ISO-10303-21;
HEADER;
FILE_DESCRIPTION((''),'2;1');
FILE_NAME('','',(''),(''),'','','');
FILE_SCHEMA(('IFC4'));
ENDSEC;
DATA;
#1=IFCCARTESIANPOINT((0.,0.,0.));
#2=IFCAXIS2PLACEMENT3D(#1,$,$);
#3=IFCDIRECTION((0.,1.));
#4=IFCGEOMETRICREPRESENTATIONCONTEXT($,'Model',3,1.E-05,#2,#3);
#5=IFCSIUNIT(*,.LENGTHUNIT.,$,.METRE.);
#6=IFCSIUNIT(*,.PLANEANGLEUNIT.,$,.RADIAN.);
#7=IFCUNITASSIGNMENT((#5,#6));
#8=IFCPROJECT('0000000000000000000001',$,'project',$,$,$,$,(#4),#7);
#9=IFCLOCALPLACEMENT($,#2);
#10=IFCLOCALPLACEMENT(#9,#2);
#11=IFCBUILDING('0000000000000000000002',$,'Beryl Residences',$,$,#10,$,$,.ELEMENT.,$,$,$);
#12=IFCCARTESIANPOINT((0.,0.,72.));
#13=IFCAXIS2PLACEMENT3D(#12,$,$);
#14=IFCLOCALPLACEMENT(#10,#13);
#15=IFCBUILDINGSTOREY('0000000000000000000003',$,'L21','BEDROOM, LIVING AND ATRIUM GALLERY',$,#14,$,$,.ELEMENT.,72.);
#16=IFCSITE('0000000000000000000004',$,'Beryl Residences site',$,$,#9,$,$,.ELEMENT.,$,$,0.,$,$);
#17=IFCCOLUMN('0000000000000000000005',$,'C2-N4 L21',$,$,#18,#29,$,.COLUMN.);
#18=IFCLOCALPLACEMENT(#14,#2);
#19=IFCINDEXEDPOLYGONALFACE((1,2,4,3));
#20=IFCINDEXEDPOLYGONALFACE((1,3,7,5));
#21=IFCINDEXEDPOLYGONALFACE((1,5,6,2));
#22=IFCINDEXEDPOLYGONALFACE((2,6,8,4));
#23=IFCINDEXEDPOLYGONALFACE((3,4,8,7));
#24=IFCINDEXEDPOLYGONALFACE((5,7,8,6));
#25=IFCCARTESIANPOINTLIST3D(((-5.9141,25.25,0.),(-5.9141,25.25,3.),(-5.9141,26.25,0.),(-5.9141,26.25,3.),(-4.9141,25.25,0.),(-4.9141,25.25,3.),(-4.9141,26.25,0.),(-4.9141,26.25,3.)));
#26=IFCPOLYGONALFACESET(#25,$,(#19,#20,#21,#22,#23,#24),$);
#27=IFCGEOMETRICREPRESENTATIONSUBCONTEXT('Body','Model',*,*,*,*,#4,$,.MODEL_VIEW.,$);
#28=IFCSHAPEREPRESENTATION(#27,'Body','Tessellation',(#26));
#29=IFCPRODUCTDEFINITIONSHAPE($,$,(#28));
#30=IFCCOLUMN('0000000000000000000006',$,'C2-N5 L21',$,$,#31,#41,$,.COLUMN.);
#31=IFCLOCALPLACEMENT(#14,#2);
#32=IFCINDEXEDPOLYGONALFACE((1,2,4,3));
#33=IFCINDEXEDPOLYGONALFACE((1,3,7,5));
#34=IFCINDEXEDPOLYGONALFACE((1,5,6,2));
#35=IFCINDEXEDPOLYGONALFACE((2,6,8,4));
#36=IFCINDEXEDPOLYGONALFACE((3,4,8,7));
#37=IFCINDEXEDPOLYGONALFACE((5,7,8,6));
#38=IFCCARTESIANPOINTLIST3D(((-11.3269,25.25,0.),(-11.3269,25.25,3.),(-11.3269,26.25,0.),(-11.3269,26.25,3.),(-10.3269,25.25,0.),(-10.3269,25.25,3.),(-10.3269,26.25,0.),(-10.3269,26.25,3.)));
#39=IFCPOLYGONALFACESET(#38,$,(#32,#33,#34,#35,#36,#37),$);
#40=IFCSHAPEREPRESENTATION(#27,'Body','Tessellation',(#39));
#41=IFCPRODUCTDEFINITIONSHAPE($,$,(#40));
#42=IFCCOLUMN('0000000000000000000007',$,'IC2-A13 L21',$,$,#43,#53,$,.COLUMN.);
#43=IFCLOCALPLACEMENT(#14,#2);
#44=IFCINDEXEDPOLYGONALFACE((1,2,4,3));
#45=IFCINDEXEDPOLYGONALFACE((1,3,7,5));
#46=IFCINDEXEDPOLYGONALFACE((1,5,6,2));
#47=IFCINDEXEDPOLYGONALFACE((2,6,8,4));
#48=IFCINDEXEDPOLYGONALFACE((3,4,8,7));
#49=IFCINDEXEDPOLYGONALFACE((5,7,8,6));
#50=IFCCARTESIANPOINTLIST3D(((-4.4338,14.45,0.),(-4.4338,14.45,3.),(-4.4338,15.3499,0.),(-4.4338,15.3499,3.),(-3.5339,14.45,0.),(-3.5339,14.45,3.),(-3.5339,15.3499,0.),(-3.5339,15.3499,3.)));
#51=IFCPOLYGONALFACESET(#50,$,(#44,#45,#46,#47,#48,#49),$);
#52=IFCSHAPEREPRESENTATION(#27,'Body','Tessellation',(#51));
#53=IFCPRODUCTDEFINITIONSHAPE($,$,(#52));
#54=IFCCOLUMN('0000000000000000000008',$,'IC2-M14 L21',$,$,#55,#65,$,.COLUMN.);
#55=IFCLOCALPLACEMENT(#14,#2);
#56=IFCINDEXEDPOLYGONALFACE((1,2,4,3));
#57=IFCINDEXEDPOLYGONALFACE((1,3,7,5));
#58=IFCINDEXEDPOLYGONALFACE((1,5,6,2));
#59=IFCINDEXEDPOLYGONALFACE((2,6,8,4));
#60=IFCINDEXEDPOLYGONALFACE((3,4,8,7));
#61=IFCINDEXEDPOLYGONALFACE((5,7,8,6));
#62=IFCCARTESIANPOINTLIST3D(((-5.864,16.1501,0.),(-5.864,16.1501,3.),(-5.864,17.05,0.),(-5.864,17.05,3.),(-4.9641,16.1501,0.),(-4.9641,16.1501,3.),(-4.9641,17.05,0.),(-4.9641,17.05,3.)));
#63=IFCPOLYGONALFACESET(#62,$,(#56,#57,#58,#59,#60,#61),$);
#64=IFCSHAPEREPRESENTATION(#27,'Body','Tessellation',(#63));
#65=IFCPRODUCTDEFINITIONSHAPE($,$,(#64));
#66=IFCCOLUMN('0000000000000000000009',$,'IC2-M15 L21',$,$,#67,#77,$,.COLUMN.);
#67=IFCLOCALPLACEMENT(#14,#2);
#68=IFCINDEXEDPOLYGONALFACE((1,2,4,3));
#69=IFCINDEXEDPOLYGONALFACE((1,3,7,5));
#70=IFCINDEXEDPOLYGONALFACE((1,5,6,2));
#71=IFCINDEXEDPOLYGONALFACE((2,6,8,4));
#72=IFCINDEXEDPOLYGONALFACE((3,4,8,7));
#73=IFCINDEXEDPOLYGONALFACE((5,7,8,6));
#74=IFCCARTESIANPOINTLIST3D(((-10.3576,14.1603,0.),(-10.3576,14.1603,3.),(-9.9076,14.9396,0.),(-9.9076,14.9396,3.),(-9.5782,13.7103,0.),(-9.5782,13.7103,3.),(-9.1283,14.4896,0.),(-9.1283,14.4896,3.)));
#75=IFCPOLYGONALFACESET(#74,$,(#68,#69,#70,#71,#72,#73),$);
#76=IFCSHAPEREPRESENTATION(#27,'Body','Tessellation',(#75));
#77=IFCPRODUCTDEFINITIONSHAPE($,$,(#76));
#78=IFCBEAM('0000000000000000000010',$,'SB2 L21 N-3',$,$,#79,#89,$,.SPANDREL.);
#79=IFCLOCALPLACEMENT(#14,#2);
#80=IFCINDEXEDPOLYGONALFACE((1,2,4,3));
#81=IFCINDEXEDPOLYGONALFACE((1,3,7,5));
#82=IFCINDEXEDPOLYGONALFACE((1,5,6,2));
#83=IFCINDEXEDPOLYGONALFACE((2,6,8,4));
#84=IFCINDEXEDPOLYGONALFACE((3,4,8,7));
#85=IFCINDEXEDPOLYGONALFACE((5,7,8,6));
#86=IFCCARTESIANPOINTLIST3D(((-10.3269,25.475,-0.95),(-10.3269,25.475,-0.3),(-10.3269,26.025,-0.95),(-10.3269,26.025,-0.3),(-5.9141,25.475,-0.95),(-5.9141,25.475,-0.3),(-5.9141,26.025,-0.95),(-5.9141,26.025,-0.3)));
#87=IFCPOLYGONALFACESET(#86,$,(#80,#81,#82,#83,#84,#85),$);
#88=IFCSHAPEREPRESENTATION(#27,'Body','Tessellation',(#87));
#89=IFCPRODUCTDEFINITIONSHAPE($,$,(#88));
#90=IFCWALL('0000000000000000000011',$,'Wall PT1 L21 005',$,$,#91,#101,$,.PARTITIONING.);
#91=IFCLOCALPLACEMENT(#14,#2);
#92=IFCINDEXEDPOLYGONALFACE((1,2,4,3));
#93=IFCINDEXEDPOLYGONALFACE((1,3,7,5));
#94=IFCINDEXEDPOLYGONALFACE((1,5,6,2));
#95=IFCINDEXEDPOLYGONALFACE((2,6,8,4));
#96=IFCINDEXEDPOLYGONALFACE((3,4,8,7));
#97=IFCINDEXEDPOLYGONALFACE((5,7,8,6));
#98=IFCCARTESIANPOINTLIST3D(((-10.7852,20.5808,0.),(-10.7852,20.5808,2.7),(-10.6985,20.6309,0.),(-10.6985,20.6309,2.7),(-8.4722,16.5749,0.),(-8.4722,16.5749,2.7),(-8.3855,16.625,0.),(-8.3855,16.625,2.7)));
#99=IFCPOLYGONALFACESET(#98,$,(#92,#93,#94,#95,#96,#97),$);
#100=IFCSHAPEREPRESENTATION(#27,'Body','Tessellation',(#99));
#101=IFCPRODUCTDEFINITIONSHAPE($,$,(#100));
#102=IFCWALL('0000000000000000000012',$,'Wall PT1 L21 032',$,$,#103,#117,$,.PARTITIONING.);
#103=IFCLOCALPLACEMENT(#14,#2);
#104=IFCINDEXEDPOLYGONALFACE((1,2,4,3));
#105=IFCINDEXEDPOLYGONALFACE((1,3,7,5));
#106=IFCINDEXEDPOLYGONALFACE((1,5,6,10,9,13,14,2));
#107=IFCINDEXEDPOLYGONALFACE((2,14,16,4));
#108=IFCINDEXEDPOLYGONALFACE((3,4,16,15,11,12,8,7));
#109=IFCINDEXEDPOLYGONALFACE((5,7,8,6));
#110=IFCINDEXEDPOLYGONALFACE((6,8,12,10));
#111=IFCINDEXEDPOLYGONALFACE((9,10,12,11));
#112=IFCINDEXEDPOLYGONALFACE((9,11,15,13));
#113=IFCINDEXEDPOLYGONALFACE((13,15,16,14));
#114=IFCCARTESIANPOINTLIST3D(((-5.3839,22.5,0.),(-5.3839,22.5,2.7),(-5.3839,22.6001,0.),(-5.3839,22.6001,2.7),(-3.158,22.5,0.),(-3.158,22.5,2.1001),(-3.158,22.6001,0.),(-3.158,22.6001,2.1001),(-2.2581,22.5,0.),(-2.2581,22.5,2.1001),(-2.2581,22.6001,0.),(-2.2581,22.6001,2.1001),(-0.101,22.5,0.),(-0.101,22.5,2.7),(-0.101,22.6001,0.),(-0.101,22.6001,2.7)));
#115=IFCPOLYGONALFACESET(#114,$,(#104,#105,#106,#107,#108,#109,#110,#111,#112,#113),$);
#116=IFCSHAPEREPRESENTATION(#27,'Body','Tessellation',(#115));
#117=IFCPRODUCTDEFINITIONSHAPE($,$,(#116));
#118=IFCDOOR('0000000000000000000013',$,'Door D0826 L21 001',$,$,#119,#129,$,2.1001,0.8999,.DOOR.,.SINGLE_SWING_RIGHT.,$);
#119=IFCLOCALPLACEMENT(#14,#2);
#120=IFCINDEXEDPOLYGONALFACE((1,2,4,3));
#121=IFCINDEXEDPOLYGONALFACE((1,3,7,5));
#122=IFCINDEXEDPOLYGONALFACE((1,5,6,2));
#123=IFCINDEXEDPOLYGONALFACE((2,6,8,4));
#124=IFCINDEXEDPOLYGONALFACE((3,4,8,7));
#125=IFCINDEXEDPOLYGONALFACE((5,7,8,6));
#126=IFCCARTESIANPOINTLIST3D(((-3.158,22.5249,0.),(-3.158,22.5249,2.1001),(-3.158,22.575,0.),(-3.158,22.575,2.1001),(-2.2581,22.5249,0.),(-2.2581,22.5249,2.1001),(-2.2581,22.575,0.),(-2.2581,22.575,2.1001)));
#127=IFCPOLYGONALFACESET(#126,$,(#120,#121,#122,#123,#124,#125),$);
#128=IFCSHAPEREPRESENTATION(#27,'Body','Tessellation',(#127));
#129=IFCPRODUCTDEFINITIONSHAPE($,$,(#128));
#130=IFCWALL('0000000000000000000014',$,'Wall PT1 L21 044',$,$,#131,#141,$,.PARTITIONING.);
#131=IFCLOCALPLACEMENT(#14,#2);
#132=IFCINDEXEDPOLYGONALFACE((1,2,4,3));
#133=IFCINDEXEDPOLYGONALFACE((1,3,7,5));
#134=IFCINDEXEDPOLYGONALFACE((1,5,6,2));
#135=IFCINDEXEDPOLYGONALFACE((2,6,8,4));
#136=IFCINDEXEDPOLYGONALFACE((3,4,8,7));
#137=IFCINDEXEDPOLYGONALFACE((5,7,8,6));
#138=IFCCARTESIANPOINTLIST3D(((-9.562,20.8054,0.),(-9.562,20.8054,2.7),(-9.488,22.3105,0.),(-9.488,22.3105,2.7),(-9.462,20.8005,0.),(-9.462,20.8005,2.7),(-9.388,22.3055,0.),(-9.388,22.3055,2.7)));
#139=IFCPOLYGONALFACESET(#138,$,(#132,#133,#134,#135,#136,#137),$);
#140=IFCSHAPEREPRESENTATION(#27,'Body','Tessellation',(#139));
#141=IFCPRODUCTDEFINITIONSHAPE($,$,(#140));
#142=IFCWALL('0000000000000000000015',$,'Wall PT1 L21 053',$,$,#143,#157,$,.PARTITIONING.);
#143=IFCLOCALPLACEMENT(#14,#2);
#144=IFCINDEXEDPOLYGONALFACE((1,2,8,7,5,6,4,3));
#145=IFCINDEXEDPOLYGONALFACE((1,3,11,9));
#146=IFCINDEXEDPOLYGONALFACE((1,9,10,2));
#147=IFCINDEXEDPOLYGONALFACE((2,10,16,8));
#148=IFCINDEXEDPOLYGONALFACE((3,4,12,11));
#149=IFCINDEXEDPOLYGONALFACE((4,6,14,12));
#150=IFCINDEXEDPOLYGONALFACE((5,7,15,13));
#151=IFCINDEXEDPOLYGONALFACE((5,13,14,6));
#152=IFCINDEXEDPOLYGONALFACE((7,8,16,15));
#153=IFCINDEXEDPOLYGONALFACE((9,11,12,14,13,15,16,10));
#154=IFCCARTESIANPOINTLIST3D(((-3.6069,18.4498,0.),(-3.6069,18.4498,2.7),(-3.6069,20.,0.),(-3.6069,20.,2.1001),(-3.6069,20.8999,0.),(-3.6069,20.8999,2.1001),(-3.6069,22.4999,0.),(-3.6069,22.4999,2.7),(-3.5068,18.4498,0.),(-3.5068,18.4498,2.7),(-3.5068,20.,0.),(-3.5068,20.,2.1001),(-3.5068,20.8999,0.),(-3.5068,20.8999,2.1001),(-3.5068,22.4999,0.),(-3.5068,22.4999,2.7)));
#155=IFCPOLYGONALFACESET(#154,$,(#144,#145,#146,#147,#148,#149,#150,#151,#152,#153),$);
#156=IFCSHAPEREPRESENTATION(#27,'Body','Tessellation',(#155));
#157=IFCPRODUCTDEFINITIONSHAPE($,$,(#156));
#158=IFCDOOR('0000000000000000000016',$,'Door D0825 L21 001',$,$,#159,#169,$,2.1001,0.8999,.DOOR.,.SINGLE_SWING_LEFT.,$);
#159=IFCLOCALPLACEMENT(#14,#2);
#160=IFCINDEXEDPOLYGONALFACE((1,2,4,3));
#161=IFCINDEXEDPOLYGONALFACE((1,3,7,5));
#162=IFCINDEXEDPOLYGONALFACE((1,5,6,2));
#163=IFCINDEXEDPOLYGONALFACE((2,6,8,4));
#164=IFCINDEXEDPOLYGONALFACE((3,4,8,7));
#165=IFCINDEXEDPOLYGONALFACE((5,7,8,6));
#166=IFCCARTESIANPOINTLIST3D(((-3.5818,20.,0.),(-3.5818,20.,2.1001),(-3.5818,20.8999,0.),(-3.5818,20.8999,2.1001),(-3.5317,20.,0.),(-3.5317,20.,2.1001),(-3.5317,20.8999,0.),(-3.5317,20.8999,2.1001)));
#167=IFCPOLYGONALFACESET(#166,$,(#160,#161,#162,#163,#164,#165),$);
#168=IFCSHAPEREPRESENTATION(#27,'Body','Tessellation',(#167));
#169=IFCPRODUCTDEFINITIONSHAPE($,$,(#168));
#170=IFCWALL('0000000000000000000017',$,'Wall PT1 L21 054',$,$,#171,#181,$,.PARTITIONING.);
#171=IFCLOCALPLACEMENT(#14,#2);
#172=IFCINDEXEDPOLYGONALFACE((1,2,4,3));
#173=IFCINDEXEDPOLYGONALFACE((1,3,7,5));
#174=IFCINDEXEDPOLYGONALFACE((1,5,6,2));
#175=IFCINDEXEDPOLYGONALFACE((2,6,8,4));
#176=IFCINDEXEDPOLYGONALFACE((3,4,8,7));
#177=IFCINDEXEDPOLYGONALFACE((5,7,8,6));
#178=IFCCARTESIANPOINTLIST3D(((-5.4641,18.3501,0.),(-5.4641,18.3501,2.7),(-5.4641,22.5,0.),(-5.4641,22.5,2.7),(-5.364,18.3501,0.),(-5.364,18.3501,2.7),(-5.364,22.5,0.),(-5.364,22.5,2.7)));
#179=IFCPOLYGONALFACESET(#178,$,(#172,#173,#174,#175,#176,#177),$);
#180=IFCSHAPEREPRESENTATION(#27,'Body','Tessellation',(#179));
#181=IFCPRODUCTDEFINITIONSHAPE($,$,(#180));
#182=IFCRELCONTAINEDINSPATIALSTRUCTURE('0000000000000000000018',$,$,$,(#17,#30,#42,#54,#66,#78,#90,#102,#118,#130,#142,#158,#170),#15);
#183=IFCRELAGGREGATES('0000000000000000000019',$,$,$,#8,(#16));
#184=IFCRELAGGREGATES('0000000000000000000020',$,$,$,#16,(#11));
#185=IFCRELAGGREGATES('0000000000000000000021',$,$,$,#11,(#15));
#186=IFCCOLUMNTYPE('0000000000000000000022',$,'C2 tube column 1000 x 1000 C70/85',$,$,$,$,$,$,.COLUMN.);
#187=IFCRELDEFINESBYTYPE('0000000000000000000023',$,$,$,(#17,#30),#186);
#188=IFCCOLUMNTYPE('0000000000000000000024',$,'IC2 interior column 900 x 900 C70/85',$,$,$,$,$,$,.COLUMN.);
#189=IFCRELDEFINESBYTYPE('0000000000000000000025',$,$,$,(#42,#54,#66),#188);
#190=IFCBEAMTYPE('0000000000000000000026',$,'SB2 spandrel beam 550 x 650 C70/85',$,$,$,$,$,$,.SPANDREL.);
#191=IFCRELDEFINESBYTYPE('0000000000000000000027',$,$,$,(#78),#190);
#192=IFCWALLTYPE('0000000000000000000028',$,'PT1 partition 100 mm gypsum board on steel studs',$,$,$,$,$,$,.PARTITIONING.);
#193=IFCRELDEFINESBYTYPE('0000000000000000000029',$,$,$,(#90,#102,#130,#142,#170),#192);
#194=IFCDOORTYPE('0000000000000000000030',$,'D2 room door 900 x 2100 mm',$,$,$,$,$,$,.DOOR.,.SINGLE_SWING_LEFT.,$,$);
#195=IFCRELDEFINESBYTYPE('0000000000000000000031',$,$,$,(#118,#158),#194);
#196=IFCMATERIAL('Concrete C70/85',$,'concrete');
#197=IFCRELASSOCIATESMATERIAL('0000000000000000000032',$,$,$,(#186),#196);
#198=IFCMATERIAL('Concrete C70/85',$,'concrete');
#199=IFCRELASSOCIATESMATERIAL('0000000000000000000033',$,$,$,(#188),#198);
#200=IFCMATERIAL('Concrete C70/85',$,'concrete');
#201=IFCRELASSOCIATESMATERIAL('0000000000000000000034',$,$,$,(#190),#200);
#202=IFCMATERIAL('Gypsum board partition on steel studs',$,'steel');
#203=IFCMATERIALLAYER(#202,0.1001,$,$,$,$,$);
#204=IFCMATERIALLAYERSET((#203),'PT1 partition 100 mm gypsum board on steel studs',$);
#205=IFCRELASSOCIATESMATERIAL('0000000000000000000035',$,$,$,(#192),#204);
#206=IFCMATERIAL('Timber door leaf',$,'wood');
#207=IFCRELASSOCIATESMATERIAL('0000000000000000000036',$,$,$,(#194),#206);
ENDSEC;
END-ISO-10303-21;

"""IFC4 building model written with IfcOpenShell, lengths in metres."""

from ifc_helpers import new_model, si_unit, direction, frame, frame_2d, origin, origin_2d, place, context, subcontext, project, spatial, rectangle, extrude, material, layer, layer_set, material_profile, profile_set, type_object, element, fill, save


model = new_model("IFC4")

# Units and contexts
model_context = context("Model", 3, precision=1e-05, world=origin(), true_north=direction((0.0, 1.0)))
body_context = subcontext(model_context, "Body", "Model", "MODEL_VIEW")
ifc_project = project(units=[si_unit("LENGTHUNIT", "METRE"), si_unit("PLANEANGLEUNIT", "RADIAN")], contexts=[model_context])

# Site, building, storey
site_placement = place(None, origin())
site = spatial("IfcSite", under=ifc_project, at=site_placement, Name="Beryl Residences site", CompositionType="ELEMENT", RefElevation=0.0)
building_placement = place(site_placement, origin())
building = spatial("IfcBuilding", under=site, at=building_placement, Name="Beryl Residences", CompositionType="ELEMENT")
storey_placement = place(building_placement, frame((0.0, 0.0, 72.0)))
storey = spatial("IfcBuildingStorey", under=building, at=storey_placement, Name="L21", Description="BEDROOM, LIVING AND ATRIUM GALLERY", CompositionType="ELEMENT", Elevation=72.0)

# Columns
ifc_material_1 = material(Name="Concrete C70/85", Category="concrete")
ifc_material_profile_1 = material_profile(ifc_material_1, rectangle(XDim=1.0, YDim=1.0, at=origin_2d()))
ifc_profile_set_1 = profile_set([ifc_material_profile_1], Name="Concrete C70/85")
column_type_1 = type_object("IfcColumnType", Name="C2 tube column 1000 x 1000 C70/85", PredefinedType="COLUMN", material=ifc_profile_set_1)
for number, where, z_axis, x_axis, name in (
    (1, (-5.4141, 25.75, 0.0), (0.0, 0.0, 1.0), (-1.0, 0.0, 0.0), "C2-N4 L21"),
    (2, (-10.8269, 25.75, 0.0), (0.0, 0.0, 1.0), (-1.0, 0.0, 0.0), "C2-N5 L21"),
):
    element("IfcColumn", number, at=place(storey_placement, frame(where, z_axis=z_axis, x_axis=x_axis)), inside=storey, type_object=column_type_1, Name=name, PredefinedType="COLUMN", context=body_context, shape_type="SweptSolid", body=[
        extrude(rectangle(XDim=1.0, YDim=1.0, at=origin_2d()), origin(), (0.0, 0.0, 1.0), 3.0),
    ])
ifc_material_2 = material(Name="Concrete C70/85", Category="concrete")
ifc_material_profile_2 = material_profile(ifc_material_2, rectangle(XDim=0.8999, YDim=0.8999, at=origin_2d()))
ifc_profile_set_2 = profile_set([ifc_material_profile_2], Name="Concrete C70/85")
column_type_2 = type_object("IfcColumnType", Name="IC2 interior column 900 x 900 C70/85", PredefinedType="COLUMN", material=ifc_profile_set_2)
for number, where, z_axis, x_axis, name in (
    (3, (-3.9839, 14.8999, 0.0), (0.0, 0.0, 1.0), (1.0, 0.0, 0.0), "IC2-A13 L21"),
    (4, (-5.4141, 16.6001, 0.0), (0.0, 0.0, 1.0), (-1.0, 0.0, 0.0), "IC2-M14 L21"),
    (5, (-9.7429, 14.325, 0.0), (0.0, 0.0, 1.0), (-0.5, -0.866025, 0.0), "IC2-M15 L21"),
):
    element("IfcColumn", number, at=place(storey_placement, frame(where, z_axis=z_axis, x_axis=x_axis)), inside=storey, type_object=column_type_2, Name=name, PredefinedType="COLUMN", context=body_context, shape_type="SweptSolid", body=[
        extrude(rectangle(XDim=0.8999, YDim=0.8999, at=origin_2d()), origin(), (0.0, 0.0, 1.0), 3.0),
    ])

# Beam
ifc_material_3 = material(Name="Concrete C70/85", Category="concrete")
ifc_material_profile_3 = material_profile(ifc_material_3, rectangle(XDim=0.55, YDim=0.6499, at=origin_2d()))
ifc_profile_set_3 = profile_set([ifc_material_profile_3], Name="Concrete C70/85")
beam_type = type_object("IfcBeamType", Name="SB2 spandrel beam 550 x 650 C70/85", PredefinedType="SPANDREL", material=ifc_profile_set_3)
beam_placement = place(storey_placement, frame((-5.9141, 25.75, -0.625), z_axis=(-1.0, 0.0, 0.0), x_axis=(0.0, -1.0, 0.0)))
element("IfcBeam", 6, at=beam_placement, inside=storey, type_object=beam_type, Name="SB2 L21 N-3", PredefinedType="SPANDREL", context=body_context, shape_type="SweptSolid", body=[
    extrude(rectangle(XDim=0.55, YDim=0.6499, at=origin_2d()), origin(), (0.0, 0.0, 1.0), 4.4128),
])

# Wall
ifc_material_4 = material(Name="Gypsum board partition on steel studs", Category="steel")
ifc_layer_1 = layer(ifc_material_4, 0.1001)
ifc_layer_set_1 = layer_set([ifc_layer_1], Name="PT1 partition 100 mm gypsum board on steel studs")
wall_type_1 = type_object("IfcWallType", Name="PT1 partition 100 mm gypsum board on steel studs", PredefinedType="PARTITIONING", material=ifc_layer_set_1)
wall_1_placement = place(storey_placement, frame((-10.7419, 20.606, 0.0), z_axis=(0.0, 0.0, 1.0), x_axis=(0.500033, -0.866006, 0.0)))
element("IfcWall", 7, at=wall_1_placement, inside=storey, type_object=wall_type_1, Name="Wall PT1 L21 005", PredefinedType="PARTITIONING", context=body_context, shape_type="SweptSolid", body=[
    extrude(rectangle(XDim=4.6257, YDim=0.1001, at=frame_2d((2.313, 0.0))), origin(), (0.0, 0.0, 1.0), 2.7),
])

# Wall, opening, door
wall_2_placement = place(storey_placement, frame((-5.384, 22.55, 0.0), z_axis=(0.0, 0.0, 1.0), x_axis=(1.0, 0.0, 0.0)))
wall_2 = element("IfcWall", 8, at=wall_2_placement, inside=storey, type_object=wall_type_1, Name="Wall PT1 L21 032", PredefinedType="PARTITIONING", context=body_context, shape_type="SweptSolid", body=[
    extrude(rectangle(XDim=5.283, YDim=0.1001, at=frame_2d((2.6416, 0.0))), origin(), (0.0, 0.0, 1.0), 2.7),
])
opening_1_placement = place(wall_2_placement, frame((2.2261, 0.0, 0.0)))
opening_1 = element("IfcOpeningElement", 9, at=opening_1_placement, cuts=wall_2, PredefinedType="OPENING", context=body_context, shape_type="SweptSolid", body=[
    extrude(rectangle(XDim=0.8999, YDim=2.1001, at=frame_2d((0.45, 1.05))), frame((0.0, 0.0601, 0.0), z_axis=(0.0, -1.0, 0.0), x_axis=(1.0, 0.0, 0.0)), (0.0, 0.0, 1.0), 0.1201),
])
ifc_material_5 = material(Name="Timber door leaf", Category="wood")
door_type_1 = type_object("IfcDoorType", Name="D2 room door 900 x 2100 mm", OperationType="SINGLE_SWING_LEFT", PredefinedType="DOOR", material=ifc_material_5)
door_1_placement = place(opening_1_placement, origin())
door_1 = element("IfcDoor", 10, at=door_1_placement, inside=storey, type_object=door_type_1, Name="Door D0826 L21 001", OperationType="SINGLE_SWING_RIGHT", OverallHeight=2.1001, OverallWidth=0.8999, PredefinedType="DOOR", context=body_context, shape_type="SweptSolid", body=[
    extrude(rectangle(XDim=0.8999, YDim=2.1001, at=frame_2d((0.45, 1.05))), frame((0.0, 0.0249, 0.0), z_axis=(0.0, -1.0, 0.0), x_axis=(1.0, 0.0, 0.0)), (0.0, 0.0, 1.0), 0.05),
])
fill(opening_1, door_1)

# Wall
wall_3_placement = place(storey_placement, frame((-9.512, 20.803, 0.0), z_axis=(0.0, 0.0, 1.0), x_axis=(0.049089, 0.998794, 0.0)))
element("IfcWall", 11, at=wall_3_placement, inside=storey, type_object=wall_type_1, Name="Wall PT1 L21 044", PredefinedType="PARTITIONING", context=body_context, shape_type="SweptSolid", body=[
    extrude(rectangle(XDim=1.5068, YDim=0.1001, at=frame_2d((0.7534, 0.0))), origin(), (0.0, 0.0, 1.0), 2.7),
])

# Wall, opening, door
wall_4_placement = place(storey_placement, frame((-3.5569, 18.45, 0.0), z_axis=(0.0, 0.0, 1.0), x_axis=(0.0, 1.0, 0.0)))
wall_4 = element("IfcWall", 12, at=wall_4_placement, inside=storey, type_object=wall_type_1, Name="Wall PT1 L21 053", PredefinedType="PARTITIONING", context=body_context, shape_type="SweptSolid", body=[
    extrude(rectangle(XDim=4.05, YDim=0.1001, at=frame_2d((2.0249, 0.0))), origin(), (0.0, 0.0, 1.0), 2.7),
])
opening_2_placement = place(wall_4_placement, frame((1.55, 0.0, 0.0)))
opening_2 = element("IfcOpeningElement", 13, at=opening_2_placement, cuts=wall_4, PredefinedType="OPENING", context=body_context, shape_type="SweptSolid", body=[
    extrude(rectangle(XDim=0.8999, YDim=2.1001, at=frame_2d((0.45, 1.05))), frame((0.0, 0.0601, 0.0), z_axis=(0.0, -1.0, 0.0), x_axis=(1.0, 0.0, 0.0)), (0.0, 0.0, 1.0), 0.1201),
])
door_2_placement = place(opening_2_placement, origin())
door_2 = element("IfcDoor", 14, at=door_2_placement, inside=storey, type_object=door_type_1, Name="Door D0825 L21 001", OperationType="SINGLE_SWING_LEFT", OverallHeight=2.1001, OverallWidth=0.8999, PredefinedType="DOOR", context=body_context, shape_type="SweptSolid", body=[
    extrude(rectangle(XDim=0.8999, YDim=2.1001, at=frame_2d((0.45, 1.05))), frame((0.0, 0.0249, 0.0), z_axis=(0.0, -1.0, 0.0), x_axis=(1.0, 0.0, 0.0)), (0.0, 0.0, 1.0), 0.05),
])
fill(opening_2, door_2)

# Wall
wall_5_placement = place(storey_placement, frame((-5.4141, 18.3501, 0.0), z_axis=(0.0, 0.0, 1.0), x_axis=(0.0, 1.0, 0.0)))
element("IfcWall", 15, at=wall_5_placement, inside=storey, type_object=wall_type_1, Name="Wall PT1 L21 054", PredefinedType="PARTITIONING", context=body_context, shape_type="SweptSolid", body=[
    extrude(rectangle(XDim=4.1499, YDim=0.1001, at=frame_2d((2.075, 0.0))), origin(), (0.0, 0.0, 1.0), 2.7),
])

save(model, "model.ifc")
